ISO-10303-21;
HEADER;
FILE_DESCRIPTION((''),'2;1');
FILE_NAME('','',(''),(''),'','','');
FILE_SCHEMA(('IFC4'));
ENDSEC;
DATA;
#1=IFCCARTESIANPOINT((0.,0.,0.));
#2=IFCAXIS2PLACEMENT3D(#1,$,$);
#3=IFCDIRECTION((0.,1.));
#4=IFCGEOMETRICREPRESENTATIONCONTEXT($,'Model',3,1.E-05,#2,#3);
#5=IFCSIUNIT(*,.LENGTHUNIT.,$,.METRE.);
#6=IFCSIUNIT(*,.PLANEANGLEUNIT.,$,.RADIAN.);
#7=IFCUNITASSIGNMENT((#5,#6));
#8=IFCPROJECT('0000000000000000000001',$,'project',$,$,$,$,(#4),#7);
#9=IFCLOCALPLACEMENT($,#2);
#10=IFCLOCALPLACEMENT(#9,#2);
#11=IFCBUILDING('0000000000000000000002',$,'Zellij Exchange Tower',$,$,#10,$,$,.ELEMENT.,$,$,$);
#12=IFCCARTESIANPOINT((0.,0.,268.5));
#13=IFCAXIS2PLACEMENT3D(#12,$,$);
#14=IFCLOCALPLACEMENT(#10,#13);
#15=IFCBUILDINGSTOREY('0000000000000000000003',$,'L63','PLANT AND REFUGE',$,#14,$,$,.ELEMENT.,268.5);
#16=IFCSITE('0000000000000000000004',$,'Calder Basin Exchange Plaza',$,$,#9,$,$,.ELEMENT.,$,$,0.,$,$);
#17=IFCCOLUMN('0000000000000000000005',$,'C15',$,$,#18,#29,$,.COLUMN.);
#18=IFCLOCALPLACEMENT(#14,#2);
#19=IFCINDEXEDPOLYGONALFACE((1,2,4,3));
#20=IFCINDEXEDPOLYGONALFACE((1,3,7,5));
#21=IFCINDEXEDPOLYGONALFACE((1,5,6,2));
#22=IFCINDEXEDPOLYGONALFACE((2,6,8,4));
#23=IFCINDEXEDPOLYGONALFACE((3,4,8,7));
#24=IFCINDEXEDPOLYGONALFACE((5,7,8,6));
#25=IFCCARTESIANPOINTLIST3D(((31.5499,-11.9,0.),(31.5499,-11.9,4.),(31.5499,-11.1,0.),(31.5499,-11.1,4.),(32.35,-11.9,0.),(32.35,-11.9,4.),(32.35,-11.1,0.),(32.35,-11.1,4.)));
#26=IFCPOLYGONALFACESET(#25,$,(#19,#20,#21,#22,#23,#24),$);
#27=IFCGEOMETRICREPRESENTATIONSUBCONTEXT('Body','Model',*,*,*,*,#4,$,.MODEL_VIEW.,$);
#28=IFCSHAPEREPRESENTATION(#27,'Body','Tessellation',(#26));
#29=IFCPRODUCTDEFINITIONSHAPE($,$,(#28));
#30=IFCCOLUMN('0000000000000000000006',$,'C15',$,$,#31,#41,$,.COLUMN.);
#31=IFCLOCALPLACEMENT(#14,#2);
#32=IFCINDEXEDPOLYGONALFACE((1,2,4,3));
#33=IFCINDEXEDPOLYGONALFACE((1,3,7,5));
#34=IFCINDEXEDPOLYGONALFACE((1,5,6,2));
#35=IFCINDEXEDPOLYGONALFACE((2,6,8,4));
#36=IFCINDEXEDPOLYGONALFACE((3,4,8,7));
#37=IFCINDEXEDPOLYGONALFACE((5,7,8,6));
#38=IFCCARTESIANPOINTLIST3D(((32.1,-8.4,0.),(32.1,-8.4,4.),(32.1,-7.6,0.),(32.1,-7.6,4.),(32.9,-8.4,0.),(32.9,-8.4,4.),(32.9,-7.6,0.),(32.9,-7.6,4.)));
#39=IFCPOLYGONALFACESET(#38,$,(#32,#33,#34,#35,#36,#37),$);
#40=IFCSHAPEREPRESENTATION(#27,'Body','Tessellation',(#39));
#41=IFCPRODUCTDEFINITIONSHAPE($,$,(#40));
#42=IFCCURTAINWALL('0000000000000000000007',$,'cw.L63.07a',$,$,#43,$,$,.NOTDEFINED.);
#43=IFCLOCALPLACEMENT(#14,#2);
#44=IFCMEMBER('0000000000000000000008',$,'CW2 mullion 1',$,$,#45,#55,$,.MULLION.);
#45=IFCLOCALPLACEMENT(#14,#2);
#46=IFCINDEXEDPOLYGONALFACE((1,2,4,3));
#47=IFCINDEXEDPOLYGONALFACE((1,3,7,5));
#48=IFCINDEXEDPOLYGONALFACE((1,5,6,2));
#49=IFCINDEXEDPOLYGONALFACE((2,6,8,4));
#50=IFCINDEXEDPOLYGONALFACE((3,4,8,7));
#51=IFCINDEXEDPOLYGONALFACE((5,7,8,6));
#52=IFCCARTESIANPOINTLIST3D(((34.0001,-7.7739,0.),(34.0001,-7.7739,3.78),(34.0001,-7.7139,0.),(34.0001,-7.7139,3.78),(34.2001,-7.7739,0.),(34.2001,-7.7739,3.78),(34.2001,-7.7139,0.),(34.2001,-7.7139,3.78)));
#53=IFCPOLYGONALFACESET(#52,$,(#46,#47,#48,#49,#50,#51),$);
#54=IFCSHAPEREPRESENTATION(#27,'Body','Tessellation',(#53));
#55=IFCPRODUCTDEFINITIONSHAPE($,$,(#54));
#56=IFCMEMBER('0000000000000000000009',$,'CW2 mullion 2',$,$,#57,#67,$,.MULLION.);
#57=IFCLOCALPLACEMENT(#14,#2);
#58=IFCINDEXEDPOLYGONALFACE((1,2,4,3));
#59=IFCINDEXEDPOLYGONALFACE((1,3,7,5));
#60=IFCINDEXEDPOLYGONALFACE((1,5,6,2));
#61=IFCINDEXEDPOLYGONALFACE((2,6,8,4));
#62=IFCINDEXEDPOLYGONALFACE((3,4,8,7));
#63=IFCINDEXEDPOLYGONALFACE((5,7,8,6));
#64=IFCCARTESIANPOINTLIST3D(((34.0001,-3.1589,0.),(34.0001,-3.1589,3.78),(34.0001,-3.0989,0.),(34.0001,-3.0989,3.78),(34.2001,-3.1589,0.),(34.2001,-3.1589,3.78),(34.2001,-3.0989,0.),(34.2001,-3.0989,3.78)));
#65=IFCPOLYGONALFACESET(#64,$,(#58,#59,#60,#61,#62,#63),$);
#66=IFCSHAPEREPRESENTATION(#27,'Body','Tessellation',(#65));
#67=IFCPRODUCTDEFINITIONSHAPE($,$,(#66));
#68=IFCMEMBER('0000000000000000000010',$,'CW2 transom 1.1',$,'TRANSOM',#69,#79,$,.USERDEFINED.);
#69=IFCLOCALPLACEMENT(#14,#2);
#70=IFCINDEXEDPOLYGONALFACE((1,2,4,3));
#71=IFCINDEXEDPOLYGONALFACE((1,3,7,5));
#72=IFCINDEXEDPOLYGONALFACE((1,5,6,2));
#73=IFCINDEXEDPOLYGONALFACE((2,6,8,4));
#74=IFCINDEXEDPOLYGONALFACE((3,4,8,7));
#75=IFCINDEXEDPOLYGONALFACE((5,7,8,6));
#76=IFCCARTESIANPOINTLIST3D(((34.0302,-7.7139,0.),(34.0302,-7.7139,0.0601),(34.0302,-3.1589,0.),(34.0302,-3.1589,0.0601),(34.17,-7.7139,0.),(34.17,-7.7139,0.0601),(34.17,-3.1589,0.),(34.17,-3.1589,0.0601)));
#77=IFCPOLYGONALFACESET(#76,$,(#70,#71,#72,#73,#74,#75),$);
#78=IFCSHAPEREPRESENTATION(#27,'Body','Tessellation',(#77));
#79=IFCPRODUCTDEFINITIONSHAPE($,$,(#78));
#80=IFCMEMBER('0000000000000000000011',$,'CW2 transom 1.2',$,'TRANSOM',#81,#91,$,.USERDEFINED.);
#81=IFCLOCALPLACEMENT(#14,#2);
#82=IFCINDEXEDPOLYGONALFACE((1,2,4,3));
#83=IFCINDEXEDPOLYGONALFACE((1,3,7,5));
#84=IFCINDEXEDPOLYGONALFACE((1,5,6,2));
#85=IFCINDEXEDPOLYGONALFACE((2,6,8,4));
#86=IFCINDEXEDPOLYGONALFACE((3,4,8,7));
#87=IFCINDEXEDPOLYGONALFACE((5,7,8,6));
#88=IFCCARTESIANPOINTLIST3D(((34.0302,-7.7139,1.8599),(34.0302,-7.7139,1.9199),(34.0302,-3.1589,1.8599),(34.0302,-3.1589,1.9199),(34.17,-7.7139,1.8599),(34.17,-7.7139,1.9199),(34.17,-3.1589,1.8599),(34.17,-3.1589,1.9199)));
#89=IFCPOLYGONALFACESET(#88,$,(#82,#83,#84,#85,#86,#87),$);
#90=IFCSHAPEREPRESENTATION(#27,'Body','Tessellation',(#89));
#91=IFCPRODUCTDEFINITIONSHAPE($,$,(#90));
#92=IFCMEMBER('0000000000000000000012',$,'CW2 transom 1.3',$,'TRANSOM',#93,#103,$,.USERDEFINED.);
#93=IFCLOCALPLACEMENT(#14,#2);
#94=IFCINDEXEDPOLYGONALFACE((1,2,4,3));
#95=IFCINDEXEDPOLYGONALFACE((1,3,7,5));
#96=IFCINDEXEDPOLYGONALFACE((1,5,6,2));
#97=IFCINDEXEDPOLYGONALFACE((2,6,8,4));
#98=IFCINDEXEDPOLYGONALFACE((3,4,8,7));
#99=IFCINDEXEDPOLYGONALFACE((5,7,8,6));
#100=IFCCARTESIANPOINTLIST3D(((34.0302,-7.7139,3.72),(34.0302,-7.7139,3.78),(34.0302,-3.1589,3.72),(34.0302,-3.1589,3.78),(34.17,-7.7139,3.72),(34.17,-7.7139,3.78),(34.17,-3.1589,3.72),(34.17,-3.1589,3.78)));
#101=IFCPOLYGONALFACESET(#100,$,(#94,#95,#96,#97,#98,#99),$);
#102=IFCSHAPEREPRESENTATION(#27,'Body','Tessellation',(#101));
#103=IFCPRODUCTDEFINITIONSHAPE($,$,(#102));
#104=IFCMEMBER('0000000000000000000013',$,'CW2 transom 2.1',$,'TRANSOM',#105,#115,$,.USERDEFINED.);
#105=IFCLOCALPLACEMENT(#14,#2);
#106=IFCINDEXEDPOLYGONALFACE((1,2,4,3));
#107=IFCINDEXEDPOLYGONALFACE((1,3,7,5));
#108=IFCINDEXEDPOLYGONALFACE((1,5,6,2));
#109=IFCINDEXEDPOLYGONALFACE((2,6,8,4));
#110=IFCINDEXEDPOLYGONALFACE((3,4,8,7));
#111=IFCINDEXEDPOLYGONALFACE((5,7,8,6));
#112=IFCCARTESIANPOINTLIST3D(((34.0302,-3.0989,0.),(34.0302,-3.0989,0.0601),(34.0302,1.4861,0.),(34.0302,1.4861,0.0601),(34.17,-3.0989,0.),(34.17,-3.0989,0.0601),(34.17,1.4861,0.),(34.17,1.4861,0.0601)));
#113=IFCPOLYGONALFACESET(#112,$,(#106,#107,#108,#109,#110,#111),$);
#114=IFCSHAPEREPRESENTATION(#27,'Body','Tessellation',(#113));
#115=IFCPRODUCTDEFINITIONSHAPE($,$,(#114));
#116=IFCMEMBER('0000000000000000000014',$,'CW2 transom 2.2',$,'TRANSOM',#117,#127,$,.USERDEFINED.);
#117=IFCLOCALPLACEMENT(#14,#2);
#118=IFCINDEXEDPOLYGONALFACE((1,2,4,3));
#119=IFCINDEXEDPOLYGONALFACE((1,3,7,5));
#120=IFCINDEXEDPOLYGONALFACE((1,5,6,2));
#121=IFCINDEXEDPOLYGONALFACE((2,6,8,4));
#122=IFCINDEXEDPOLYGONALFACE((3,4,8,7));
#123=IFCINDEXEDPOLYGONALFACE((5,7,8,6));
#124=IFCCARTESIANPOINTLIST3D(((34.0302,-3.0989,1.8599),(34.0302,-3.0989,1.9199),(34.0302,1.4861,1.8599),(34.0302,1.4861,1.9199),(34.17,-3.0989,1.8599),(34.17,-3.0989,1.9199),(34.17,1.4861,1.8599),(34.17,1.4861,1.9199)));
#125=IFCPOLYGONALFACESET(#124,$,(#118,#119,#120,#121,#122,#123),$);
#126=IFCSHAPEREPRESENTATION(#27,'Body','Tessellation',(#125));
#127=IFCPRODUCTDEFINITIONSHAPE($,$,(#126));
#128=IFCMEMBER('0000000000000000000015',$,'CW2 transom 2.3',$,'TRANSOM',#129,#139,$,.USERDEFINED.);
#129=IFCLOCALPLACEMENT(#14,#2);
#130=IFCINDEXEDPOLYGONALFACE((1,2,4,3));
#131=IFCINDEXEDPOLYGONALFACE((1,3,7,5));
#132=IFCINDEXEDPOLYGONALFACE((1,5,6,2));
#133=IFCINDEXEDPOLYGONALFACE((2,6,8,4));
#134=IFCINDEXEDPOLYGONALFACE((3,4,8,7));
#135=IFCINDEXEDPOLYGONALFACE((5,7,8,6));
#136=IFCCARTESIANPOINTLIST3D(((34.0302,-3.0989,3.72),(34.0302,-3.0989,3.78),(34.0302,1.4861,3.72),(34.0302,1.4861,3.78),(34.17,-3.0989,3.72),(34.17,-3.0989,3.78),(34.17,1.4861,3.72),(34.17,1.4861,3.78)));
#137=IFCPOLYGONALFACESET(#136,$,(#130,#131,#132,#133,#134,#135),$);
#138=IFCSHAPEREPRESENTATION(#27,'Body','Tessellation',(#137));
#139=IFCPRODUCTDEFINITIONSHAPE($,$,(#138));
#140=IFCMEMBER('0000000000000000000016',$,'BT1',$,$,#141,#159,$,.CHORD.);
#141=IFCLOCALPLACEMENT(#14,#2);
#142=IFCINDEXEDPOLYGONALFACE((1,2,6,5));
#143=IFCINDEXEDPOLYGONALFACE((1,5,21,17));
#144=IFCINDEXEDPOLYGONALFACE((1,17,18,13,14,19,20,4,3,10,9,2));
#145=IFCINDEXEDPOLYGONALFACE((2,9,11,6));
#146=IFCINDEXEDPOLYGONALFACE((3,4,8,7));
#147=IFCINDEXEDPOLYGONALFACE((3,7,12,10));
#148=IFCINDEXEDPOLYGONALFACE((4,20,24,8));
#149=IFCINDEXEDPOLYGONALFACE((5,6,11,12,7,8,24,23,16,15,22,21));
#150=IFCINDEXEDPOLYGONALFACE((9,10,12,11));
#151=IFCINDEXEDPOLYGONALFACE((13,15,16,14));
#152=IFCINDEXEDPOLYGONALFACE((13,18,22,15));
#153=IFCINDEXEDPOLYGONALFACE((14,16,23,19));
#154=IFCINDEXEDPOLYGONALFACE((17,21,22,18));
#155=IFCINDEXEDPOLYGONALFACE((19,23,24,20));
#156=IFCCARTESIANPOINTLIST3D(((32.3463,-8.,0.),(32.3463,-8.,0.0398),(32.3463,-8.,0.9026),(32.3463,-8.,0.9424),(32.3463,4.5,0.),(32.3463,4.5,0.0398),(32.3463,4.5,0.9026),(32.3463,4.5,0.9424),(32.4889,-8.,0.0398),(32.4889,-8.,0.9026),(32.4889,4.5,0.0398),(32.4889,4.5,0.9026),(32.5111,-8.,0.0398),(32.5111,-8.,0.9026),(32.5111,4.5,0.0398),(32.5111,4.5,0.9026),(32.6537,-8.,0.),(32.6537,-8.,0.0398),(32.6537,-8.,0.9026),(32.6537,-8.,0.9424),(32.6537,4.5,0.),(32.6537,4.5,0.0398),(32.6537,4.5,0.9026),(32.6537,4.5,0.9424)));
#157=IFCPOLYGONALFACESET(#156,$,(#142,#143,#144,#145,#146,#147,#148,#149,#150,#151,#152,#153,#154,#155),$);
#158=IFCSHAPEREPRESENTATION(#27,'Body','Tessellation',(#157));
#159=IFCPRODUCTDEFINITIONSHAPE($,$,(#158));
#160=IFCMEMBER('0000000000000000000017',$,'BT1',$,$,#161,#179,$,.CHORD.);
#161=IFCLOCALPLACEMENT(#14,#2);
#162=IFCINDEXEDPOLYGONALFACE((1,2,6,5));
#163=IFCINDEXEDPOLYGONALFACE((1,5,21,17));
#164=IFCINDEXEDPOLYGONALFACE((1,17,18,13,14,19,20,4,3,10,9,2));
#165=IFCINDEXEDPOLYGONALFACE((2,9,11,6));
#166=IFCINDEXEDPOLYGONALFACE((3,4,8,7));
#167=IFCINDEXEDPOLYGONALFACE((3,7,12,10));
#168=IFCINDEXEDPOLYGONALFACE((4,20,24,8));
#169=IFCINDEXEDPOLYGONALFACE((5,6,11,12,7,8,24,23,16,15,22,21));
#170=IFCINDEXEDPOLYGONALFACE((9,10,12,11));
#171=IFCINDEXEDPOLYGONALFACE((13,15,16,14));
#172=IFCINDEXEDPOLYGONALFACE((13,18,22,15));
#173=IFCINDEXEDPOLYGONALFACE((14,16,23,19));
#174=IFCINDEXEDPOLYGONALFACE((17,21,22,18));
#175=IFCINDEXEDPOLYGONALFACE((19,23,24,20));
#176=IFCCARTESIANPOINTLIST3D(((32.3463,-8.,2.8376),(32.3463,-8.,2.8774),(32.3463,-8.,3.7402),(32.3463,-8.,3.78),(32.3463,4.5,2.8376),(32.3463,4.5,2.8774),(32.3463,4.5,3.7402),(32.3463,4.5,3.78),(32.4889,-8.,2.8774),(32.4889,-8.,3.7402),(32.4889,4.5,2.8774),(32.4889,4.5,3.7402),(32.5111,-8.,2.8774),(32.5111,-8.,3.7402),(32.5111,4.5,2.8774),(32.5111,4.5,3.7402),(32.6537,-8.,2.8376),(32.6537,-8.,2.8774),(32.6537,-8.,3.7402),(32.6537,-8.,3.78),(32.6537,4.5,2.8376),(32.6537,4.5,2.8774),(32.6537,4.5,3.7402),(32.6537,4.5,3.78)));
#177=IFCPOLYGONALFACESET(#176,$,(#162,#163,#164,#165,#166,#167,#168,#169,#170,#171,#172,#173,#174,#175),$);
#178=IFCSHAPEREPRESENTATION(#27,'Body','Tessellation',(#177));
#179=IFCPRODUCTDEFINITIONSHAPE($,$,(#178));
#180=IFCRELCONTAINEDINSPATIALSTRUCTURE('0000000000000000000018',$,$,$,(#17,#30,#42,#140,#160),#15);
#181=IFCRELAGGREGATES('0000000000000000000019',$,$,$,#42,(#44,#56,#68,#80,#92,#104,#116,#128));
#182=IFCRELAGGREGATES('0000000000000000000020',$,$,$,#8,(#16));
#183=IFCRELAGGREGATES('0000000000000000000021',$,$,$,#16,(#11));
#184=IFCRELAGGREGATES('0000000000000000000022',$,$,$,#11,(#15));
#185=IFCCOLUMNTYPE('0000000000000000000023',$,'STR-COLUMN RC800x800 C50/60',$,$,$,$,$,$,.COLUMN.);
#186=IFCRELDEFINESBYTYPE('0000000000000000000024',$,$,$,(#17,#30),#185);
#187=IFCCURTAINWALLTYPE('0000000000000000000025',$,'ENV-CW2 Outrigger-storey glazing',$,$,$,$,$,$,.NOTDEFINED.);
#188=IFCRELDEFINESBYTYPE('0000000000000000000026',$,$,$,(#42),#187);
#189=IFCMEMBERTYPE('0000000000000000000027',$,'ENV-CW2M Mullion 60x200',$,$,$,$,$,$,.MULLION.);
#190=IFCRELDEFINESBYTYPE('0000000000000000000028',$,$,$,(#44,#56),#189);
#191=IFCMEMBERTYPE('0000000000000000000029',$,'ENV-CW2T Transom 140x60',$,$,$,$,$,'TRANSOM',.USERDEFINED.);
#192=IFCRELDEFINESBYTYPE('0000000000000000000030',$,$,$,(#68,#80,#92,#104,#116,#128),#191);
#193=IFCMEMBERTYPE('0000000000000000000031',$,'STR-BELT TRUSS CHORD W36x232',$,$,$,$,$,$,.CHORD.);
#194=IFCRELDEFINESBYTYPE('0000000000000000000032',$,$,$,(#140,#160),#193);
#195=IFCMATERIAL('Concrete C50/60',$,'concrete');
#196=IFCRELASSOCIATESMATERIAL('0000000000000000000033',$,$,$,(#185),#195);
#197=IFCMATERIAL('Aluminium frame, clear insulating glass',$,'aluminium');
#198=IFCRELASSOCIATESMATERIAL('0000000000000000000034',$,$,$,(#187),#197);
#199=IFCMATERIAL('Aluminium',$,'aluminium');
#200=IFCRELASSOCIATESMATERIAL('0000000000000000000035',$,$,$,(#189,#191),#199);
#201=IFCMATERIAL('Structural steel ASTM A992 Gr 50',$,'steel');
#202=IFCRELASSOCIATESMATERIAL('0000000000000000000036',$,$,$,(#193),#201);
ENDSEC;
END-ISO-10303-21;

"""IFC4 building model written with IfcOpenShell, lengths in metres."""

from ifc_helpers import new_model, si_unit, direction, frame, origin, origin_2d, place, context, subcontext, project, spatial, rectangle, i_section, extrude, material, material_profile, profile_set, type_object, element, aggregate, save


model = new_model("IFC4")

# Units and contexts
model_context = context("Model", 3, precision=1e-05, world=origin(), true_north=direction((0.0, 1.0)))
body_context = subcontext(model_context, "Body", "Model", "MODEL_VIEW")
ifc_project = project(units=[si_unit("LENGTHUNIT", "METRE"), si_unit("PLANEANGLEUNIT", "RADIAN")], contexts=[model_context])

# Site, building, storey
site_placement = place(None, origin())
site = spatial("IfcSite", under=ifc_project, at=site_placement, Name="Calder Basin Exchange Plaza", CompositionType="ELEMENT", RefElevation=0.0)
building_placement = place(site_placement, origin())
building = spatial("IfcBuilding", under=site, at=building_placement, Name="Zellij Exchange Tower", CompositionType="ELEMENT")
storey_placement = place(building_placement, frame((0.0, 0.0, 268.5)))
storey = spatial("IfcBuildingStorey", under=building, at=storey_placement, Name="L63", Description="PLANT AND REFUGE", CompositionType="ELEMENT", Elevation=268.5)

# Columns
ifc_material_1 = material(Name="Concrete C50/60", Category="concrete")
ifc_material_profile_1 = material_profile(ifc_material_1, rectangle(XDim=0.8, YDim=0.8, at=origin_2d()), Name="STR-COLUMN RC800x800 C50/60")
ifc_profile_set_1 = profile_set([ifc_material_profile_1], Name="Concrete C50/60")
column_type = type_object("IfcColumnType", Name="STR-COLUMN RC800x800 C50/60", PredefinedType="COLUMN", material=ifc_profile_set_1)
for number, where, z_axis, x_axis, name in (
    (1, (31.95, -11.5, 0.0), (0.0, 0.0, 1.0), (1.0, 0.0, 0.0), "C15"),
    (2, (32.5, -8.0, 0.0), (0.0, 0.0, 1.0), (1.0, 0.0, 0.0), "C15"),
):
    element("IfcColumn", number, at=place(storey_placement, frame(where, z_axis=z_axis, x_axis=x_axis)), inside=storey, type_object=column_type, Name=name, PredefinedType="COLUMN", context=body_context, shape_type="SweptSolid", body=[
        extrude(rectangle(XDim=0.8, YDim=0.8, at=origin_2d()), origin(), (0.0, 0.0, 1.0), 4.0),
    ])

# Curtain wall, members
ifc_material_2 = material(Name="Aluminium frame, clear insulating glass", Category="aluminium")
curtain_wall_type = type_object("IfcCurtainWallType", Name="ENV-CW2 Outrigger-storey glazing", PredefinedType="NOTDEFINED", material=ifc_material_2)
curtain_wall_placement = place(storey_placement, origin())
curtain_wall = element("IfcCurtainWall", 3, at=curtain_wall_placement, inside=storey, type_object=curtain_wall_type, Name="cw.L63.07a", PredefinedType="NOTDEFINED")
ifc_material_3 = material(Name="Aluminium", Category="aluminium")
ifc_material_profile_2 = material_profile(ifc_material_3, rectangle(XDim=0.0601, YDim=0.2, at=origin_2d()), Name="AL 60x200")
ifc_profile_set_2 = profile_set([ifc_material_profile_2], Name="Aluminium")
member_type_1 = type_object("IfcMemberType", Name="ENV-CW2M Mullion 60x200", PredefinedType="MULLION", material=ifc_profile_set_2)
member_1_placement = place(storey_placement, frame((34.1001, -7.7439, 0.0), z_axis=(0.0, 0.0, 1.0), x_axis=(0.0, 1.0, 0.0)))
member_1 = element("IfcMember", 4, at=member_1_placement, type_object=member_type_1, Name="CW2 mullion 1", PredefinedType="MULLION", context=body_context, shape_type="SweptSolid", body=[
    extrude(rectangle(XDim=0.0601, YDim=0.2, at=origin_2d()), origin(), (0.0, 0.0, 1.0), 3.78),
])
member_2_placement = place(storey_placement, frame((34.1001, -3.1289, 0.0), z_axis=(0.0, 0.0, 1.0), x_axis=(0.0, 1.0, 0.0)))
member_2 = element("IfcMember", 5, at=member_2_placement, type_object=member_type_1, Name="CW2 mullion 2", PredefinedType="MULLION", context=body_context, shape_type="SweptSolid", body=[
    extrude(rectangle(XDim=0.0601, YDim=0.2, at=origin_2d()), origin(), (0.0, 0.0, 1.0), 3.78),
])
ifc_material_profile_3 = material_profile(ifc_material_3, rectangle(XDim=0.1399, YDim=0.0601, at=origin_2d()), Name="AL 140x60")
ifc_profile_set_3 = profile_set([ifc_material_profile_3], Name="Aluminium")
member_type_2 = type_object("IfcMemberType", Name="ENV-CW2T Transom 140x60", ElementType="TRANSOM", PredefinedType="USERDEFINED", material=ifc_profile_set_3)
member_3_placement = place(storey_placement, frame((34.1001, -7.7139, 0.03), z_axis=(0.0, 1.0, 0.0), x_axis=(-1.0, 0.0, 0.0)))
member_3 = element("IfcMember", 6, at=member_3_placement, type_object=member_type_2, Name="CW2 transom 1.1", ObjectType="TRANSOM", PredefinedType="USERDEFINED", context=body_context, shape_type="SweptSolid", body=[
    extrude(rectangle(XDim=0.1399, YDim=0.0601, at=origin_2d()), origin(), (0.0, 0.0, 1.0), 4.5549),
])
member_4_placement = place(storey_placement, frame((34.1001, -7.7139, 1.8899), z_axis=(0.0, 1.0, 0.0), x_axis=(-1.0, 0.0, 0.0)))
member_4 = element("IfcMember", 7, at=member_4_placement, type_object=member_type_2, Name="CW2 transom 1.2", ObjectType="TRANSOM", PredefinedType="USERDEFINED", context=body_context, shape_type="SweptSolid", body=[
    extrude(rectangle(XDim=0.1399, YDim=0.0601, at=origin_2d()), origin(), (0.0, 0.0, 1.0), 4.5549),
])
member_5_placement = place(storey_placement, frame((34.1001, -7.7139, 3.75), z_axis=(0.0, 1.0, 0.0), x_axis=(-1.0, 0.0, 0.0)))
member_5 = element("IfcMember", 8, at=member_5_placement, type_object=member_type_2, Name="CW2 transom 1.3", ObjectType="TRANSOM", PredefinedType="USERDEFINED", context=body_context, shape_type="SweptSolid", body=[
    extrude(rectangle(XDim=0.1399, YDim=0.0601, at=origin_2d()), origin(), (0.0, 0.0, 1.0), 4.5549),
])
member_6_placement = place(storey_placement, frame((34.1001, -3.0989, 0.03), z_axis=(0.0, 1.0, 0.0), x_axis=(-1.0, 0.0, 0.0)))
member_6 = element("IfcMember", 9, at=member_6_placement, type_object=member_type_2, Name="CW2 transom 2.1", ObjectType="TRANSOM", PredefinedType="USERDEFINED", context=body_context, shape_type="SweptSolid", body=[
    extrude(rectangle(XDim=0.1399, YDim=0.0601, at=origin_2d()), origin(), (0.0, 0.0, 1.0), 4.585),
])
member_7_placement = place(storey_placement, frame((34.1001, -3.0989, 1.8899), z_axis=(0.0, 1.0, 0.0), x_axis=(-1.0, 0.0, 0.0)))
member_7 = element("IfcMember", 10, at=member_7_placement, type_object=member_type_2, Name="CW2 transom 2.2", ObjectType="TRANSOM", PredefinedType="USERDEFINED", context=body_context, shape_type="SweptSolid", body=[
    extrude(rectangle(XDim=0.1399, YDim=0.0601, at=origin_2d()), origin(), (0.0, 0.0, 1.0), 4.585),
])
member_8_placement = place(storey_placement, frame((34.1001, -3.0989, 3.75), z_axis=(0.0, 1.0, 0.0), x_axis=(-1.0, 0.0, 0.0)))
member_8 = element("IfcMember", 11, at=member_8_placement, type_object=member_type_2, Name="CW2 transom 2.3", ObjectType="TRANSOM", PredefinedType="USERDEFINED", context=body_context, shape_type="SweptSolid", body=[
    extrude(rectangle(XDim=0.1399, YDim=0.0601, at=origin_2d()), origin(), (0.0, 0.0, 1.0), 4.585),
])

# Members
ifc_material_4 = material(Name="Structural steel ASTM A992 Gr 50", Category="steel")
ifc_material_profile_4 = material_profile(ifc_material_4, i_section(OverallWidth=0.3074, OverallDepth=0.9424, WebThickness=0.0222, FlangeThickness=0.0398, at=origin_2d()), Name="W36x232")
ifc_profile_set_4 = profile_set([ifc_material_profile_4], Name="Structural steel ASTM A992 Gr 50")
member_type_3 = type_object("IfcMemberType", Name="STR-BELT TRUSS CHORD W36x232", PredefinedType="CHORD", material=ifc_profile_set_4)
for number, where, z_axis, x_axis, name in (
    (12, (32.5, -8.0, 0.4712), (0.0, 1.0, 0.0), (-1.0, 0.0, 0.0), "BT1"),
    (13, (32.5, -8.0, 3.3088), (0.0, 1.0, 0.0), (-1.0, 0.0, 0.0), "BT1"),
):
    element("IfcMember", number, at=place(storey_placement, frame(where, z_axis=z_axis, x_axis=x_axis)), inside=storey, type_object=member_type_3, Name=name, PredefinedType="CHORD", context=body_context, shape_type="SweptSolid", body=[
        extrude(i_section(OverallWidth=0.3074, OverallDepth=0.9424, WebThickness=0.0222, FlangeThickness=0.0398, at=origin_2d()), origin(), (0.0, 0.0, 1.0), 12.5),
    ])

aggregate(curtain_wall, [member_1, member_2, member_3, member_4, member_5, member_6, member_7, member_8])

save(model, "model.ifc")
